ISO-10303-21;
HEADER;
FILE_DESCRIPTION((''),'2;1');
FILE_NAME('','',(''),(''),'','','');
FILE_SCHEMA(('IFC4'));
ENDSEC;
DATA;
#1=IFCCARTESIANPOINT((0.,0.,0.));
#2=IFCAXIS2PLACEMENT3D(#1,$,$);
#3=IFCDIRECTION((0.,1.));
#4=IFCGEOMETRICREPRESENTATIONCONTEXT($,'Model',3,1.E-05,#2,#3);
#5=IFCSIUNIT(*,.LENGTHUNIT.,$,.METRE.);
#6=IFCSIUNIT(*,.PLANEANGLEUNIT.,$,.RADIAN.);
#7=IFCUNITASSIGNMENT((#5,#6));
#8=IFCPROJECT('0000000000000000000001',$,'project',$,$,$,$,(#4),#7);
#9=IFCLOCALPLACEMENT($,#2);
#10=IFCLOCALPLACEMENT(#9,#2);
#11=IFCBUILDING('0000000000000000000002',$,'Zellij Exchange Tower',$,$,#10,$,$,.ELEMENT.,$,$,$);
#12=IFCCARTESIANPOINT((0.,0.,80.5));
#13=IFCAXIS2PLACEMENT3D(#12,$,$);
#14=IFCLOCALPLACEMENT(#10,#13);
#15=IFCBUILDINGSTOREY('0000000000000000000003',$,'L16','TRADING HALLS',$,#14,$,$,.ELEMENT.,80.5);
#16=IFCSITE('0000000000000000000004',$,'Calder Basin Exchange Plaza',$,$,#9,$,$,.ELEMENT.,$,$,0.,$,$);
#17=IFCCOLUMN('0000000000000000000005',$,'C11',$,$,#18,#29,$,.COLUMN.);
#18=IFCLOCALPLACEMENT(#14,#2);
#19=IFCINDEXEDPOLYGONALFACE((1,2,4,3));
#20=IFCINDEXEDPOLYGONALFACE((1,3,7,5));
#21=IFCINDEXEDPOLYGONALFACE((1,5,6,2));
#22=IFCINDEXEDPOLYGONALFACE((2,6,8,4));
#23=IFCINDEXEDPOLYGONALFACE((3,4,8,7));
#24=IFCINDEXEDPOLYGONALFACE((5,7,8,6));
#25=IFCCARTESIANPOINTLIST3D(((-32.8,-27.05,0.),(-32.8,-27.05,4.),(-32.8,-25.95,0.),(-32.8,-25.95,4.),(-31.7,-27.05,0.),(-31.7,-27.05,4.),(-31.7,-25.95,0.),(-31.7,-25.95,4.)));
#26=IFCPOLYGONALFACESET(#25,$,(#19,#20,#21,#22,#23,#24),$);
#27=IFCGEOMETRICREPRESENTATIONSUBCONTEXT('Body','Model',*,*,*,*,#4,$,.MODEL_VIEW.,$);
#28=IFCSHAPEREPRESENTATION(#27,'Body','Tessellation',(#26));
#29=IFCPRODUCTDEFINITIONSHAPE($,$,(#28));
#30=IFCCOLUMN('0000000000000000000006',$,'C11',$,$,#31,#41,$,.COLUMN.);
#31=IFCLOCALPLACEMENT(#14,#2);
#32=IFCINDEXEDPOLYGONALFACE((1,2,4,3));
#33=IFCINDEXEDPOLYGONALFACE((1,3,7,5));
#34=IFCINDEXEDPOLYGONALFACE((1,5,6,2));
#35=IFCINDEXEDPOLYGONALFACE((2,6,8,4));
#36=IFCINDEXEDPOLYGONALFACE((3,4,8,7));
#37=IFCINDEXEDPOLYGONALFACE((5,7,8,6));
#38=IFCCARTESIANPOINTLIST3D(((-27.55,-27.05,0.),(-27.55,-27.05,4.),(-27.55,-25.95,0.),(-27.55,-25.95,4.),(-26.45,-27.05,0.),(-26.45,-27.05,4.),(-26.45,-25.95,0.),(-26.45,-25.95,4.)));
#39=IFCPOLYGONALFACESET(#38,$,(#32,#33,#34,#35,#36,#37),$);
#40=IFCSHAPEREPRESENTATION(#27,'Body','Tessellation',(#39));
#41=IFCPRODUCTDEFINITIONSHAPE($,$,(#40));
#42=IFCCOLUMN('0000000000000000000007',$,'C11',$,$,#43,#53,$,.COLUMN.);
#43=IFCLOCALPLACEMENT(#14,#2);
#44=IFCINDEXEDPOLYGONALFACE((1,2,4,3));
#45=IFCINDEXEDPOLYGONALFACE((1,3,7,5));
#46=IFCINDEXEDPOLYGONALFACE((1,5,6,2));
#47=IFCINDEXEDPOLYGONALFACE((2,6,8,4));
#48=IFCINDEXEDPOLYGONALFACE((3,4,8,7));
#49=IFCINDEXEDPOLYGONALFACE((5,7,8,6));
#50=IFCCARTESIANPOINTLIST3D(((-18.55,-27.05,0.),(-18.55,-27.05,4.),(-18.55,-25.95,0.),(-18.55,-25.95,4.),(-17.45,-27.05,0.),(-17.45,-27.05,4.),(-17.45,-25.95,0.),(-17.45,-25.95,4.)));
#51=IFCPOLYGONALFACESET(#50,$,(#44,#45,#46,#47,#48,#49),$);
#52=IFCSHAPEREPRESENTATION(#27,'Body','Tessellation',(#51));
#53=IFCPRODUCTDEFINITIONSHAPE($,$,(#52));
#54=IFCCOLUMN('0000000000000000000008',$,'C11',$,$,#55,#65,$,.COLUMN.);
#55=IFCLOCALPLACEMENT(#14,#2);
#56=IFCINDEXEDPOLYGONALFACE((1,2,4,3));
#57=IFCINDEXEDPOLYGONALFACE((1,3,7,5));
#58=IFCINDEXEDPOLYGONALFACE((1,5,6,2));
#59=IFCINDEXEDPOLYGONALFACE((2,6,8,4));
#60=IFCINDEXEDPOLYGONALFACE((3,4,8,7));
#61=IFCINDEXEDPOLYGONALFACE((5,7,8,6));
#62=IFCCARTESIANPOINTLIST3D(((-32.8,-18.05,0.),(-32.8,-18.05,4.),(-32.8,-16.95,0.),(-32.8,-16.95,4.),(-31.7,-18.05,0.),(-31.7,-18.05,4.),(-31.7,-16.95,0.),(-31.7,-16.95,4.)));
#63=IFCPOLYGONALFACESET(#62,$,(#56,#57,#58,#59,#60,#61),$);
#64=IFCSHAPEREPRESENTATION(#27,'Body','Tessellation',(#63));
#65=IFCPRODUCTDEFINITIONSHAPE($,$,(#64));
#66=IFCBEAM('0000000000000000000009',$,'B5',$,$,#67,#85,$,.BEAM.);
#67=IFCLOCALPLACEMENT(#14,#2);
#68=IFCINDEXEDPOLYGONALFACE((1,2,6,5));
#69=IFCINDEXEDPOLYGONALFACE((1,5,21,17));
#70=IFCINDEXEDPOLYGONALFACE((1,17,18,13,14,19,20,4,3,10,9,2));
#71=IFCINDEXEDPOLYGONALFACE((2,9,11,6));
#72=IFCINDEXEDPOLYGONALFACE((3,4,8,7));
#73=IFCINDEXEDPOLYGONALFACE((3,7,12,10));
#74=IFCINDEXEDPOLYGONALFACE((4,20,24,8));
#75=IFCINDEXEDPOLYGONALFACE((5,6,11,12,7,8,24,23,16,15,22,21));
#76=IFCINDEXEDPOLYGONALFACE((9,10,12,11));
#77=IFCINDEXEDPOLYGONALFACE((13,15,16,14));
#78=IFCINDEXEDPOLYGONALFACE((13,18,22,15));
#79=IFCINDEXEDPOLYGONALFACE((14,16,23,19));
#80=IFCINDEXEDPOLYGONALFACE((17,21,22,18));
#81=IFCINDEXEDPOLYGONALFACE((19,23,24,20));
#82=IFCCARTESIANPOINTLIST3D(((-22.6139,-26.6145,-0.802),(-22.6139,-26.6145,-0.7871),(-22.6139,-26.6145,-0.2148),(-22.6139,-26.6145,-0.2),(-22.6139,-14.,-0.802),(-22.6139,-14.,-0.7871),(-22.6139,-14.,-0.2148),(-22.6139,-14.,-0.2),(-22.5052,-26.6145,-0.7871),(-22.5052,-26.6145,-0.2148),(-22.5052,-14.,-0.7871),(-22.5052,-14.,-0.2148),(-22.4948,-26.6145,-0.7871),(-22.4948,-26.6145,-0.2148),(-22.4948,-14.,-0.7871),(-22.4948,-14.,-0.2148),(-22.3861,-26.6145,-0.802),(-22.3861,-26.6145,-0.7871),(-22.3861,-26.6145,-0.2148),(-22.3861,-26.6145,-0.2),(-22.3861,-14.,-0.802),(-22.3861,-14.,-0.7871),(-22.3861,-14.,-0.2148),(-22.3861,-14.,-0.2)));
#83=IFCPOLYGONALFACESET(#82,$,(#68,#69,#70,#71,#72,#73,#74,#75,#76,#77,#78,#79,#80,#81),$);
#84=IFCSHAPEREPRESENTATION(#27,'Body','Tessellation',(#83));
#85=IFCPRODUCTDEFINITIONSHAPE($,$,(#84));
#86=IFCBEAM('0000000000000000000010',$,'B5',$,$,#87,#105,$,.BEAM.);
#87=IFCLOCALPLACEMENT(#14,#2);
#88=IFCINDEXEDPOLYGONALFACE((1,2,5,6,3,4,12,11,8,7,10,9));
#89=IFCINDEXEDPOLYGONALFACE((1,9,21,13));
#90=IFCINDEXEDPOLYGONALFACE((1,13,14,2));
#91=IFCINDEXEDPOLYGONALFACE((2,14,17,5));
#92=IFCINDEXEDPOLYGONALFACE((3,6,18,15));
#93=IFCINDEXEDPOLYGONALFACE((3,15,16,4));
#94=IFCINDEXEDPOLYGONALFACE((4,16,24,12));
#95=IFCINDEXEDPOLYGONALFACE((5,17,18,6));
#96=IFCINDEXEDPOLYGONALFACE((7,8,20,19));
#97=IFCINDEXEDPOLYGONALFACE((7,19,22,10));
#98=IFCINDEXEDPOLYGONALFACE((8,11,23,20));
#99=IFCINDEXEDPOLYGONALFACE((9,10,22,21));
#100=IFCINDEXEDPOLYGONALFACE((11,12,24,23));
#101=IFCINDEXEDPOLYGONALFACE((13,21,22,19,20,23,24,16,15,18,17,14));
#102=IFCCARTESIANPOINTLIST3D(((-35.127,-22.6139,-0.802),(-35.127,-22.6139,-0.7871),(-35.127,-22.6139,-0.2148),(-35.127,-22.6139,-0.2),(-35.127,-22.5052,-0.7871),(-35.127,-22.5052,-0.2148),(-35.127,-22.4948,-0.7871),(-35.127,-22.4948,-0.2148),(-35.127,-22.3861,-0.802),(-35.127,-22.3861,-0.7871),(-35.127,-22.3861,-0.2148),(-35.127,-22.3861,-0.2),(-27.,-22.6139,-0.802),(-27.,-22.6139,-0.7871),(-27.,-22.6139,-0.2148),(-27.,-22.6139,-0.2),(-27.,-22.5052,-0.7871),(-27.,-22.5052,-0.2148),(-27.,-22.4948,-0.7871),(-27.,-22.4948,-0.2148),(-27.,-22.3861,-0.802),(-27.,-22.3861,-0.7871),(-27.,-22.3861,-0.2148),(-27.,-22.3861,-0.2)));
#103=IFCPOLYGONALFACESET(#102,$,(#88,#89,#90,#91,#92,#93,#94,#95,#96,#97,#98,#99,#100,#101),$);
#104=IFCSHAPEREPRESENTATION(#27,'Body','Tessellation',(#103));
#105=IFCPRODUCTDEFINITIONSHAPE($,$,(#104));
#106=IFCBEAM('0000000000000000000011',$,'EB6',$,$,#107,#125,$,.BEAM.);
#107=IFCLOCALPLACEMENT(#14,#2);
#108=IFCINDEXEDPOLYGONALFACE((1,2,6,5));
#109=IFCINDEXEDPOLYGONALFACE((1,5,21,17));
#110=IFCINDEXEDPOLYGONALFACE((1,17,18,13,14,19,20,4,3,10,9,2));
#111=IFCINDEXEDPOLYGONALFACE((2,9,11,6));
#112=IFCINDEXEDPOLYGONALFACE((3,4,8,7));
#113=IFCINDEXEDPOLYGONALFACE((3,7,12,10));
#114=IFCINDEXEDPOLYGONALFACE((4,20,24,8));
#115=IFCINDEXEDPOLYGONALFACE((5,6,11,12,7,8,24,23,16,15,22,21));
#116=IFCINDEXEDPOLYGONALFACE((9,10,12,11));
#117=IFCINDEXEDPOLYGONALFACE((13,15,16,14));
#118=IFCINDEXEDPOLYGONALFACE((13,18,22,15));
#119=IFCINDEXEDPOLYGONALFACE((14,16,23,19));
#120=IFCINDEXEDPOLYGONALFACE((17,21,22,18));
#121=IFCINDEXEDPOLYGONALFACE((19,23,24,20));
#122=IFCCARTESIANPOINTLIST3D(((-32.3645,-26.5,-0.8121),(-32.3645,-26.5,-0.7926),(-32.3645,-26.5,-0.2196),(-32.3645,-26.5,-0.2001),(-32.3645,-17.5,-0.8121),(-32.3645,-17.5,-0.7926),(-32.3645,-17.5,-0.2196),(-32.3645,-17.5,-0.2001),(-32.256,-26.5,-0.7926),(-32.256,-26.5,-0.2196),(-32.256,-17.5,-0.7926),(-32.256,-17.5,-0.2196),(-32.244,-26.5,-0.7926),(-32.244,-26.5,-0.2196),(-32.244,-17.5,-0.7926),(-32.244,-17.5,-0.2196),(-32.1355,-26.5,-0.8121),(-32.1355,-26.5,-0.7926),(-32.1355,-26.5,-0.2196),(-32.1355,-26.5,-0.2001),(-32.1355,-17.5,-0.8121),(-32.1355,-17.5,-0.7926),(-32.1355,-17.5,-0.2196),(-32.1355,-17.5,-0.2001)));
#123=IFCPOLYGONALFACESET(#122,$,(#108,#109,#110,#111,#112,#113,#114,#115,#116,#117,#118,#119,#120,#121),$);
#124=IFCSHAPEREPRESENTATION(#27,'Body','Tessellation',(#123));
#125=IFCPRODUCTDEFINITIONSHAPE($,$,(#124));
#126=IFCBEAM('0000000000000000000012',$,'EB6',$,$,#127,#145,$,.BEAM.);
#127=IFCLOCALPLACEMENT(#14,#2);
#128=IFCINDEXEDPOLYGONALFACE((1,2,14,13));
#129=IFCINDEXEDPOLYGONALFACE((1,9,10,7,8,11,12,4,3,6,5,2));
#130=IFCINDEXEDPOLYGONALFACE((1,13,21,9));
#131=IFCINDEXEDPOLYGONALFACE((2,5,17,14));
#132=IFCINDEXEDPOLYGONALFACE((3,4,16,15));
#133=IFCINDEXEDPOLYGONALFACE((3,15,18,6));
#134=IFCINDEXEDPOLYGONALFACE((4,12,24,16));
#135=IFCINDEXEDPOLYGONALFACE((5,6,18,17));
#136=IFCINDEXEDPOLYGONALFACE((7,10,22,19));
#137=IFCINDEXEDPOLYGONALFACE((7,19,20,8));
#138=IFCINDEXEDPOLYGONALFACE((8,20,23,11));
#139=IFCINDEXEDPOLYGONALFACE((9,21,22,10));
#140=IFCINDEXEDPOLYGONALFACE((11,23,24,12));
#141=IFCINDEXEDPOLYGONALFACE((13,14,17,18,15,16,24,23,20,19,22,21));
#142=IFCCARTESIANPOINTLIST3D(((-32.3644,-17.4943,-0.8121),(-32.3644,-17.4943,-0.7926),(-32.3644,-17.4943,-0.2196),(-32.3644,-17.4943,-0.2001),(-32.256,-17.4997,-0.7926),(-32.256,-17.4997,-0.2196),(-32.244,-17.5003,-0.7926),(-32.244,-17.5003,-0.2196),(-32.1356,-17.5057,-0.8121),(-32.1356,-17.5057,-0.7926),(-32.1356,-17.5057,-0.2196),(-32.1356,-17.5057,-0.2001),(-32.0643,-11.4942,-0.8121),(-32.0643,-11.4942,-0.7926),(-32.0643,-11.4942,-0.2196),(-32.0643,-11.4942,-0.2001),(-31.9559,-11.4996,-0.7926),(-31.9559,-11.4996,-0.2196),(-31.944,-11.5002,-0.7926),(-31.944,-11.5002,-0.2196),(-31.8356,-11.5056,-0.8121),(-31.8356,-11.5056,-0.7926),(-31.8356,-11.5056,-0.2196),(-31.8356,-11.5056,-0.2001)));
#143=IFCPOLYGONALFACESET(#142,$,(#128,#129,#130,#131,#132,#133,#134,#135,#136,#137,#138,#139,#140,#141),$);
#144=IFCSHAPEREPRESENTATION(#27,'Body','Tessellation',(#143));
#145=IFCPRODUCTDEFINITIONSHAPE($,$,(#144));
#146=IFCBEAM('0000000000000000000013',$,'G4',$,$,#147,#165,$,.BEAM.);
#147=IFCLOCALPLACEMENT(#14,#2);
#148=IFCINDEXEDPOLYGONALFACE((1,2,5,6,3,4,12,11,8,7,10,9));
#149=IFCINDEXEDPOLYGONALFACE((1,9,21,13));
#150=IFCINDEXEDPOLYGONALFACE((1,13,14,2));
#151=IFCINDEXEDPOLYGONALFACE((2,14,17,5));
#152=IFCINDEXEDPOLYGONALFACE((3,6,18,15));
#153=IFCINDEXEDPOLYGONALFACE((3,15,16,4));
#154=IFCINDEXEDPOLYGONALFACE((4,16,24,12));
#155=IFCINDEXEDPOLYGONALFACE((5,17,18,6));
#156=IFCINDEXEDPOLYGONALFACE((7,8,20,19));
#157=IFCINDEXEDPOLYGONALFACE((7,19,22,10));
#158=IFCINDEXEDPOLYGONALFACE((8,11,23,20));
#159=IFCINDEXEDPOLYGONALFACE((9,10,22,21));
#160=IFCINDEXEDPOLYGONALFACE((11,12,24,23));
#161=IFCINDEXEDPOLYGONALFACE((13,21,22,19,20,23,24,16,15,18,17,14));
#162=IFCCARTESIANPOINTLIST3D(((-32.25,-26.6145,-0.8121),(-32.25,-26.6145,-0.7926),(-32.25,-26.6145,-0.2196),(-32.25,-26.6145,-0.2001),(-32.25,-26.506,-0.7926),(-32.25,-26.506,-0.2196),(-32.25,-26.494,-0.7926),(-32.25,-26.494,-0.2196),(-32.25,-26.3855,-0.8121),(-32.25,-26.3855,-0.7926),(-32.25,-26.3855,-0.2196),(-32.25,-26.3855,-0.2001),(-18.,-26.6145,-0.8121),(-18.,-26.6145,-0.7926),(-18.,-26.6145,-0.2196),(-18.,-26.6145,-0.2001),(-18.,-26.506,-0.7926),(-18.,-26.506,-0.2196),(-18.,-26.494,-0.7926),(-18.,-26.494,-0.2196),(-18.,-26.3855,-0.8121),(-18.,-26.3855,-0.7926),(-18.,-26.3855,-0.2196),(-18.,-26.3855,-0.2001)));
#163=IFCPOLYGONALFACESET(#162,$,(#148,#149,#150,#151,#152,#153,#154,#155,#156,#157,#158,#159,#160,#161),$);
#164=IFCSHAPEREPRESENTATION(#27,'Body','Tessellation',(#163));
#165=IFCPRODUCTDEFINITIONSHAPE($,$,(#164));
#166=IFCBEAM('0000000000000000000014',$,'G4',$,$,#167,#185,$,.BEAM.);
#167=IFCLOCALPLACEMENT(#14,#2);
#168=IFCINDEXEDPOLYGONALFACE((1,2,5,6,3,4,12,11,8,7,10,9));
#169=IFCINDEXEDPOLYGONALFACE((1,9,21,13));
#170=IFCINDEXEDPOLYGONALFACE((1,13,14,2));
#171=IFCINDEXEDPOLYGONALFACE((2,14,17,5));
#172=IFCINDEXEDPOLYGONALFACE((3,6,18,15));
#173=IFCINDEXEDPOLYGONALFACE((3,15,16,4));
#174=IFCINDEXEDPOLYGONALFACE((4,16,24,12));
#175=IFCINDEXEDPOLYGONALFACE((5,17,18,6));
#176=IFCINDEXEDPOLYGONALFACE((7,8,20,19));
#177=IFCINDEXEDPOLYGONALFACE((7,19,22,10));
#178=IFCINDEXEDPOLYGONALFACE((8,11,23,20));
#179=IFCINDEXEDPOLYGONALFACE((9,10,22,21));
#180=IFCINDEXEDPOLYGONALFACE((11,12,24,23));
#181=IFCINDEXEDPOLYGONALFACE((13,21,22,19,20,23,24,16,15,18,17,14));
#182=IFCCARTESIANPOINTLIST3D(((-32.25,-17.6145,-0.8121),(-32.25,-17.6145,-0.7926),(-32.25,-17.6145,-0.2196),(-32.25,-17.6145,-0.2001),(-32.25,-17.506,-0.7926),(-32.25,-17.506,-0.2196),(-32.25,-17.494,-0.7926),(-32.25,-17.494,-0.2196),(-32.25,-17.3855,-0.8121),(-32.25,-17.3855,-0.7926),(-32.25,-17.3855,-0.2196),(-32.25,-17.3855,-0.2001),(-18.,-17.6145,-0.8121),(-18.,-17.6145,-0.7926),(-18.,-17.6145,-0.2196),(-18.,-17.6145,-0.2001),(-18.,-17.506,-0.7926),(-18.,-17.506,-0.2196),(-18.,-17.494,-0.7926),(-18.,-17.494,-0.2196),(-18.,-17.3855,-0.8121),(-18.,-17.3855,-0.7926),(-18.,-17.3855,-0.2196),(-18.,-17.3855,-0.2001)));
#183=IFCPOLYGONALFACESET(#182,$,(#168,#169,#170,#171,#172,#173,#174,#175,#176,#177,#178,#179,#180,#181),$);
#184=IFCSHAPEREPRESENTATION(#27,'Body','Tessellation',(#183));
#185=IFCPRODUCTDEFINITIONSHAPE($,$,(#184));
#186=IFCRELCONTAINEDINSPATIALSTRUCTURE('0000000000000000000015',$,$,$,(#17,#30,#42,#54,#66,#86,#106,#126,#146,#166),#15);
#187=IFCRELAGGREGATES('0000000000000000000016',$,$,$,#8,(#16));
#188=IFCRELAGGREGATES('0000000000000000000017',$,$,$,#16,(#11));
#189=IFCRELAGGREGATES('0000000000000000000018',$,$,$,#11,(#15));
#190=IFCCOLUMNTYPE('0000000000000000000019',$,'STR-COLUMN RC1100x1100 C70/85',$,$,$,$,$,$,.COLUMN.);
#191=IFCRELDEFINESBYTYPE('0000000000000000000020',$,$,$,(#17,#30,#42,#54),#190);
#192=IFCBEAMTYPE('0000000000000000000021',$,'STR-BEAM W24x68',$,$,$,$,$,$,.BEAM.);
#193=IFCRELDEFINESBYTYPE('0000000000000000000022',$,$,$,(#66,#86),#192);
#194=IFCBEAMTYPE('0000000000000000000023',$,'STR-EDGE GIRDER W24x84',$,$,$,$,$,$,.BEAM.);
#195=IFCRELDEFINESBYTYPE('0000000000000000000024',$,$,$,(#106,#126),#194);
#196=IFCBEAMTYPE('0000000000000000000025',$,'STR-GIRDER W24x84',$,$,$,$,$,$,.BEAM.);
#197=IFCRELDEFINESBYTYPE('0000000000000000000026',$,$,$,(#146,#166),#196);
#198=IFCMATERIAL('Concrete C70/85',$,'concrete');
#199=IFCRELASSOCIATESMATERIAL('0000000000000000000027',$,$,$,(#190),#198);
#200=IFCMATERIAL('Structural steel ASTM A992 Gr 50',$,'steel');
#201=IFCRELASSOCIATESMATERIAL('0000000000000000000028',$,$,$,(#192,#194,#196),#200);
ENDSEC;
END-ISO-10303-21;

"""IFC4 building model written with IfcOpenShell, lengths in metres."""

from ifc_helpers import new_model, si_unit, direction, frame, origin, origin_2d, place, context, subcontext, project, spatial, rectangle, i_section, extrude, material, material_profile, profile_set, type_object, element, save


model = new_model("IFC4")

# Units and contexts
model_context = context("Model", 3, precision=1e-05, world=origin(), true_north=direction((0.0, 1.0)))
body_context = subcontext(model_context, "Body", "Model", "MODEL_VIEW")
ifc_project = project(units=[si_unit("LENGTHUNIT", "METRE"), si_unit("PLANEANGLEUNIT", "RADIAN")], contexts=[model_context])

# Site, building, storey
site_placement = place(None, origin())
site = spatial("IfcSite", under=ifc_project, at=site_placement, Name="Calder Basin Exchange Plaza", CompositionType="ELEMENT", RefElevation=0.0)
building_placement = place(site_placement, origin())
building = spatial("IfcBuilding", under=site, at=building_placement, Name="Zellij Exchange Tower", CompositionType="ELEMENT")
storey_placement = place(building_placement, frame((0.0, 0.0, 80.5)))
storey = spatial("IfcBuildingStorey", under=building, at=storey_placement, Name="L16", Description="TRADING HALLS", CompositionType="ELEMENT", Elevation=80.5)

# Columns
ifc_material_1 = material(Name="Concrete C70/85", Category="concrete")
ifc_material_profile_1 = material_profile(ifc_material_1, rectangle(XDim=1.1001, YDim=1.1001, at=origin_2d()), Name="STR-COLUMN RC1100x1100 C70/85")
ifc_profile_set_1 = profile_set([ifc_material_profile_1], Name="Concrete C70/85")
column_type = type_object("IfcColumnType", Name="STR-COLUMN RC1100x1100 C70/85", PredefinedType="COLUMN", material=ifc_profile_set_1)
for number, where, z_axis, x_axis, name in (
    (1, (-32.25, -26.5, 0.0), (0.0, 0.0, 1.0), (1.0, 0.0, 0.0), "C11"),
    (2, (-27.0, -26.5, 0.0), (0.0, 0.0, 1.0), (1.0, 0.0, 0.0), "C11"),
    (3, (-18.0, -26.5, 0.0), (0.0, 0.0, 1.0), (1.0, 0.0, 0.0), "C11"),
    (4, (-32.25, -17.5, 0.0), (0.0, 0.0, 1.0), (1.0, 0.0, 0.0), "C11"),
):
    element("IfcColumn", number, at=place(storey_placement, frame(where, z_axis=z_axis, x_axis=x_axis)), inside=storey, type_object=column_type, Name=name, PredefinedType="COLUMN", context=body_context, shape_type="SweptSolid", body=[
        extrude(rectangle(XDim=1.1001, YDim=1.1001, at=origin_2d()), origin(), (0.0, 0.0, 1.0), 4.0),
    ])

# Beams
ifc_material_2 = material(Name="Structural steel ASTM A992 Gr 50", Category="steel")
ifc_material_profile_2 = material_profile(ifc_material_2, i_section(OverallWidth=0.2278, OverallDepth=0.6021, WebThickness=0.0105, FlangeThickness=0.0149, at=origin_2d()), Name="W24x68")
ifc_profile_set_2 = profile_set([ifc_material_profile_2], Name="Structural steel ASTM A992 Gr 50")
beam_type_1 = type_object("IfcBeamType", Name="STR-BEAM W24x68", PredefinedType="BEAM", material=ifc_profile_set_2)
beam_1_placement = place(storey_placement, frame((-22.5, -26.6145, -0.501), z_axis=(0.0, 1.0, 0.0), x_axis=(-1.0, 0.0, 0.0)))
element("IfcBeam", 5, at=beam_1_placement, inside=storey, type_object=beam_type_1, Name="B5", PredefinedType="BEAM", context=body_context, shape_type="SweptSolid", body=[
    extrude(i_section(OverallWidth=0.2278, OverallDepth=0.6021, WebThickness=0.0105, FlangeThickness=0.0149, at=origin_2d()), origin(), (0.0, 0.0, 1.0), 12.6145),
])
beam_2_placement = place(storey_placement, frame((-35.127, -22.5, -0.501), z_axis=(1.0, 0.0, 0.0), x_axis=(0.0, 1.0, 0.0)))
element("IfcBeam", 6, at=beam_2_placement, inside=storey, type_object=beam_type_1, Name="B5", PredefinedType="BEAM", context=body_context, shape_type="SweptSolid", body=[
    extrude(i_section(OverallWidth=0.2278, OverallDepth=0.6021, WebThickness=0.0105, FlangeThickness=0.0149, at=origin_2d()), origin(), (0.0, 0.0, 1.0), 8.127),
])
ifc_material_profile_3 = material_profile(ifc_material_2, i_section(OverallWidth=0.229, OverallDepth=0.6121, WebThickness=0.012, FlangeThickness=0.0195, at=origin_2d()), Name="W24x84")
ifc_profile_set_3 = profile_set([ifc_material_profile_3], Name="Structural steel ASTM A992 Gr 50")
beam_type_2 = type_object("IfcBeamType", Name="STR-EDGE GIRDER W24x84", PredefinedType="BEAM", material=ifc_profile_set_3)
beam_3_placement = place(storey_placement, frame((-32.25, -26.5, -0.5061), z_axis=(0.0, 1.0, 0.0), x_axis=(-1.0, 0.0, 0.0)))
element("IfcBeam", 7, at=beam_3_placement, inside=storey, type_object=beam_type_2, Name="EB6", PredefinedType="BEAM", context=body_context, shape_type="SweptSolid", body=[
    extrude(i_section(OverallWidth=0.229, OverallDepth=0.6121, WebThickness=0.012, FlangeThickness=0.0195, at=origin_2d()), origin(), (0.0, 0.0, 1.0), 9.0),
])
beam_4_placement = place(storey_placement, frame((-32.25, -17.5, -0.5061), z_axis=(0.049946, 0.998752, 0.0), x_axis=(-0.998752, 0.049946, 0.0)))
element("IfcBeam", 8, at=beam_4_placement, inside=storey, type_object=beam_type_2, Name="EB6", PredefinedType="BEAM", context=body_context, shape_type="SweptSolid", body=[
    extrude(i_section(OverallWidth=0.229, OverallDepth=0.6121, WebThickness=0.012, FlangeThickness=0.0195, at=origin_2d()), origin(), (0.0, 0.0, 1.0), 6.0076),
])
ifc_material_profile_4 = material_profile(ifc_material_2, i_section(OverallWidth=0.229, OverallDepth=0.6121, WebThickness=0.012, FlangeThickness=0.0195, at=origin_2d()), Name="W24x84")
ifc_profile_set_4 = profile_set([ifc_material_profile_4], Name="Structural steel ASTM A992 Gr 50")
beam_type_3 = type_object("IfcBeamType", Name="STR-GIRDER W24x84", PredefinedType="BEAM", material=ifc_profile_set_4)
for number, where, z_axis, x_axis, name in (
    (9, (-32.25, -26.5, -0.5061), (1.0, 0.0, 0.0), (0.0, 1.0, 0.0), "G4"),
    (10, (-32.25, -17.5, -0.5061), (1.0, 0.0, 0.0), (0.0, 1.0, 0.0), "G4"),
):
    element("IfcBeam", number, at=place(storey_placement, frame(where, z_axis=z_axis, x_axis=x_axis)), inside=storey, type_object=beam_type_3, Name=name, PredefinedType="BEAM", context=body_context, shape_type="SweptSolid", body=[
        extrude(i_section(OverallWidth=0.229, OverallDepth=0.6121, WebThickness=0.012, FlangeThickness=0.0195, at=origin_2d()), origin(), (0.0, 0.0, 1.0), 14.25),
    ])

save(model, "model.ifc")
